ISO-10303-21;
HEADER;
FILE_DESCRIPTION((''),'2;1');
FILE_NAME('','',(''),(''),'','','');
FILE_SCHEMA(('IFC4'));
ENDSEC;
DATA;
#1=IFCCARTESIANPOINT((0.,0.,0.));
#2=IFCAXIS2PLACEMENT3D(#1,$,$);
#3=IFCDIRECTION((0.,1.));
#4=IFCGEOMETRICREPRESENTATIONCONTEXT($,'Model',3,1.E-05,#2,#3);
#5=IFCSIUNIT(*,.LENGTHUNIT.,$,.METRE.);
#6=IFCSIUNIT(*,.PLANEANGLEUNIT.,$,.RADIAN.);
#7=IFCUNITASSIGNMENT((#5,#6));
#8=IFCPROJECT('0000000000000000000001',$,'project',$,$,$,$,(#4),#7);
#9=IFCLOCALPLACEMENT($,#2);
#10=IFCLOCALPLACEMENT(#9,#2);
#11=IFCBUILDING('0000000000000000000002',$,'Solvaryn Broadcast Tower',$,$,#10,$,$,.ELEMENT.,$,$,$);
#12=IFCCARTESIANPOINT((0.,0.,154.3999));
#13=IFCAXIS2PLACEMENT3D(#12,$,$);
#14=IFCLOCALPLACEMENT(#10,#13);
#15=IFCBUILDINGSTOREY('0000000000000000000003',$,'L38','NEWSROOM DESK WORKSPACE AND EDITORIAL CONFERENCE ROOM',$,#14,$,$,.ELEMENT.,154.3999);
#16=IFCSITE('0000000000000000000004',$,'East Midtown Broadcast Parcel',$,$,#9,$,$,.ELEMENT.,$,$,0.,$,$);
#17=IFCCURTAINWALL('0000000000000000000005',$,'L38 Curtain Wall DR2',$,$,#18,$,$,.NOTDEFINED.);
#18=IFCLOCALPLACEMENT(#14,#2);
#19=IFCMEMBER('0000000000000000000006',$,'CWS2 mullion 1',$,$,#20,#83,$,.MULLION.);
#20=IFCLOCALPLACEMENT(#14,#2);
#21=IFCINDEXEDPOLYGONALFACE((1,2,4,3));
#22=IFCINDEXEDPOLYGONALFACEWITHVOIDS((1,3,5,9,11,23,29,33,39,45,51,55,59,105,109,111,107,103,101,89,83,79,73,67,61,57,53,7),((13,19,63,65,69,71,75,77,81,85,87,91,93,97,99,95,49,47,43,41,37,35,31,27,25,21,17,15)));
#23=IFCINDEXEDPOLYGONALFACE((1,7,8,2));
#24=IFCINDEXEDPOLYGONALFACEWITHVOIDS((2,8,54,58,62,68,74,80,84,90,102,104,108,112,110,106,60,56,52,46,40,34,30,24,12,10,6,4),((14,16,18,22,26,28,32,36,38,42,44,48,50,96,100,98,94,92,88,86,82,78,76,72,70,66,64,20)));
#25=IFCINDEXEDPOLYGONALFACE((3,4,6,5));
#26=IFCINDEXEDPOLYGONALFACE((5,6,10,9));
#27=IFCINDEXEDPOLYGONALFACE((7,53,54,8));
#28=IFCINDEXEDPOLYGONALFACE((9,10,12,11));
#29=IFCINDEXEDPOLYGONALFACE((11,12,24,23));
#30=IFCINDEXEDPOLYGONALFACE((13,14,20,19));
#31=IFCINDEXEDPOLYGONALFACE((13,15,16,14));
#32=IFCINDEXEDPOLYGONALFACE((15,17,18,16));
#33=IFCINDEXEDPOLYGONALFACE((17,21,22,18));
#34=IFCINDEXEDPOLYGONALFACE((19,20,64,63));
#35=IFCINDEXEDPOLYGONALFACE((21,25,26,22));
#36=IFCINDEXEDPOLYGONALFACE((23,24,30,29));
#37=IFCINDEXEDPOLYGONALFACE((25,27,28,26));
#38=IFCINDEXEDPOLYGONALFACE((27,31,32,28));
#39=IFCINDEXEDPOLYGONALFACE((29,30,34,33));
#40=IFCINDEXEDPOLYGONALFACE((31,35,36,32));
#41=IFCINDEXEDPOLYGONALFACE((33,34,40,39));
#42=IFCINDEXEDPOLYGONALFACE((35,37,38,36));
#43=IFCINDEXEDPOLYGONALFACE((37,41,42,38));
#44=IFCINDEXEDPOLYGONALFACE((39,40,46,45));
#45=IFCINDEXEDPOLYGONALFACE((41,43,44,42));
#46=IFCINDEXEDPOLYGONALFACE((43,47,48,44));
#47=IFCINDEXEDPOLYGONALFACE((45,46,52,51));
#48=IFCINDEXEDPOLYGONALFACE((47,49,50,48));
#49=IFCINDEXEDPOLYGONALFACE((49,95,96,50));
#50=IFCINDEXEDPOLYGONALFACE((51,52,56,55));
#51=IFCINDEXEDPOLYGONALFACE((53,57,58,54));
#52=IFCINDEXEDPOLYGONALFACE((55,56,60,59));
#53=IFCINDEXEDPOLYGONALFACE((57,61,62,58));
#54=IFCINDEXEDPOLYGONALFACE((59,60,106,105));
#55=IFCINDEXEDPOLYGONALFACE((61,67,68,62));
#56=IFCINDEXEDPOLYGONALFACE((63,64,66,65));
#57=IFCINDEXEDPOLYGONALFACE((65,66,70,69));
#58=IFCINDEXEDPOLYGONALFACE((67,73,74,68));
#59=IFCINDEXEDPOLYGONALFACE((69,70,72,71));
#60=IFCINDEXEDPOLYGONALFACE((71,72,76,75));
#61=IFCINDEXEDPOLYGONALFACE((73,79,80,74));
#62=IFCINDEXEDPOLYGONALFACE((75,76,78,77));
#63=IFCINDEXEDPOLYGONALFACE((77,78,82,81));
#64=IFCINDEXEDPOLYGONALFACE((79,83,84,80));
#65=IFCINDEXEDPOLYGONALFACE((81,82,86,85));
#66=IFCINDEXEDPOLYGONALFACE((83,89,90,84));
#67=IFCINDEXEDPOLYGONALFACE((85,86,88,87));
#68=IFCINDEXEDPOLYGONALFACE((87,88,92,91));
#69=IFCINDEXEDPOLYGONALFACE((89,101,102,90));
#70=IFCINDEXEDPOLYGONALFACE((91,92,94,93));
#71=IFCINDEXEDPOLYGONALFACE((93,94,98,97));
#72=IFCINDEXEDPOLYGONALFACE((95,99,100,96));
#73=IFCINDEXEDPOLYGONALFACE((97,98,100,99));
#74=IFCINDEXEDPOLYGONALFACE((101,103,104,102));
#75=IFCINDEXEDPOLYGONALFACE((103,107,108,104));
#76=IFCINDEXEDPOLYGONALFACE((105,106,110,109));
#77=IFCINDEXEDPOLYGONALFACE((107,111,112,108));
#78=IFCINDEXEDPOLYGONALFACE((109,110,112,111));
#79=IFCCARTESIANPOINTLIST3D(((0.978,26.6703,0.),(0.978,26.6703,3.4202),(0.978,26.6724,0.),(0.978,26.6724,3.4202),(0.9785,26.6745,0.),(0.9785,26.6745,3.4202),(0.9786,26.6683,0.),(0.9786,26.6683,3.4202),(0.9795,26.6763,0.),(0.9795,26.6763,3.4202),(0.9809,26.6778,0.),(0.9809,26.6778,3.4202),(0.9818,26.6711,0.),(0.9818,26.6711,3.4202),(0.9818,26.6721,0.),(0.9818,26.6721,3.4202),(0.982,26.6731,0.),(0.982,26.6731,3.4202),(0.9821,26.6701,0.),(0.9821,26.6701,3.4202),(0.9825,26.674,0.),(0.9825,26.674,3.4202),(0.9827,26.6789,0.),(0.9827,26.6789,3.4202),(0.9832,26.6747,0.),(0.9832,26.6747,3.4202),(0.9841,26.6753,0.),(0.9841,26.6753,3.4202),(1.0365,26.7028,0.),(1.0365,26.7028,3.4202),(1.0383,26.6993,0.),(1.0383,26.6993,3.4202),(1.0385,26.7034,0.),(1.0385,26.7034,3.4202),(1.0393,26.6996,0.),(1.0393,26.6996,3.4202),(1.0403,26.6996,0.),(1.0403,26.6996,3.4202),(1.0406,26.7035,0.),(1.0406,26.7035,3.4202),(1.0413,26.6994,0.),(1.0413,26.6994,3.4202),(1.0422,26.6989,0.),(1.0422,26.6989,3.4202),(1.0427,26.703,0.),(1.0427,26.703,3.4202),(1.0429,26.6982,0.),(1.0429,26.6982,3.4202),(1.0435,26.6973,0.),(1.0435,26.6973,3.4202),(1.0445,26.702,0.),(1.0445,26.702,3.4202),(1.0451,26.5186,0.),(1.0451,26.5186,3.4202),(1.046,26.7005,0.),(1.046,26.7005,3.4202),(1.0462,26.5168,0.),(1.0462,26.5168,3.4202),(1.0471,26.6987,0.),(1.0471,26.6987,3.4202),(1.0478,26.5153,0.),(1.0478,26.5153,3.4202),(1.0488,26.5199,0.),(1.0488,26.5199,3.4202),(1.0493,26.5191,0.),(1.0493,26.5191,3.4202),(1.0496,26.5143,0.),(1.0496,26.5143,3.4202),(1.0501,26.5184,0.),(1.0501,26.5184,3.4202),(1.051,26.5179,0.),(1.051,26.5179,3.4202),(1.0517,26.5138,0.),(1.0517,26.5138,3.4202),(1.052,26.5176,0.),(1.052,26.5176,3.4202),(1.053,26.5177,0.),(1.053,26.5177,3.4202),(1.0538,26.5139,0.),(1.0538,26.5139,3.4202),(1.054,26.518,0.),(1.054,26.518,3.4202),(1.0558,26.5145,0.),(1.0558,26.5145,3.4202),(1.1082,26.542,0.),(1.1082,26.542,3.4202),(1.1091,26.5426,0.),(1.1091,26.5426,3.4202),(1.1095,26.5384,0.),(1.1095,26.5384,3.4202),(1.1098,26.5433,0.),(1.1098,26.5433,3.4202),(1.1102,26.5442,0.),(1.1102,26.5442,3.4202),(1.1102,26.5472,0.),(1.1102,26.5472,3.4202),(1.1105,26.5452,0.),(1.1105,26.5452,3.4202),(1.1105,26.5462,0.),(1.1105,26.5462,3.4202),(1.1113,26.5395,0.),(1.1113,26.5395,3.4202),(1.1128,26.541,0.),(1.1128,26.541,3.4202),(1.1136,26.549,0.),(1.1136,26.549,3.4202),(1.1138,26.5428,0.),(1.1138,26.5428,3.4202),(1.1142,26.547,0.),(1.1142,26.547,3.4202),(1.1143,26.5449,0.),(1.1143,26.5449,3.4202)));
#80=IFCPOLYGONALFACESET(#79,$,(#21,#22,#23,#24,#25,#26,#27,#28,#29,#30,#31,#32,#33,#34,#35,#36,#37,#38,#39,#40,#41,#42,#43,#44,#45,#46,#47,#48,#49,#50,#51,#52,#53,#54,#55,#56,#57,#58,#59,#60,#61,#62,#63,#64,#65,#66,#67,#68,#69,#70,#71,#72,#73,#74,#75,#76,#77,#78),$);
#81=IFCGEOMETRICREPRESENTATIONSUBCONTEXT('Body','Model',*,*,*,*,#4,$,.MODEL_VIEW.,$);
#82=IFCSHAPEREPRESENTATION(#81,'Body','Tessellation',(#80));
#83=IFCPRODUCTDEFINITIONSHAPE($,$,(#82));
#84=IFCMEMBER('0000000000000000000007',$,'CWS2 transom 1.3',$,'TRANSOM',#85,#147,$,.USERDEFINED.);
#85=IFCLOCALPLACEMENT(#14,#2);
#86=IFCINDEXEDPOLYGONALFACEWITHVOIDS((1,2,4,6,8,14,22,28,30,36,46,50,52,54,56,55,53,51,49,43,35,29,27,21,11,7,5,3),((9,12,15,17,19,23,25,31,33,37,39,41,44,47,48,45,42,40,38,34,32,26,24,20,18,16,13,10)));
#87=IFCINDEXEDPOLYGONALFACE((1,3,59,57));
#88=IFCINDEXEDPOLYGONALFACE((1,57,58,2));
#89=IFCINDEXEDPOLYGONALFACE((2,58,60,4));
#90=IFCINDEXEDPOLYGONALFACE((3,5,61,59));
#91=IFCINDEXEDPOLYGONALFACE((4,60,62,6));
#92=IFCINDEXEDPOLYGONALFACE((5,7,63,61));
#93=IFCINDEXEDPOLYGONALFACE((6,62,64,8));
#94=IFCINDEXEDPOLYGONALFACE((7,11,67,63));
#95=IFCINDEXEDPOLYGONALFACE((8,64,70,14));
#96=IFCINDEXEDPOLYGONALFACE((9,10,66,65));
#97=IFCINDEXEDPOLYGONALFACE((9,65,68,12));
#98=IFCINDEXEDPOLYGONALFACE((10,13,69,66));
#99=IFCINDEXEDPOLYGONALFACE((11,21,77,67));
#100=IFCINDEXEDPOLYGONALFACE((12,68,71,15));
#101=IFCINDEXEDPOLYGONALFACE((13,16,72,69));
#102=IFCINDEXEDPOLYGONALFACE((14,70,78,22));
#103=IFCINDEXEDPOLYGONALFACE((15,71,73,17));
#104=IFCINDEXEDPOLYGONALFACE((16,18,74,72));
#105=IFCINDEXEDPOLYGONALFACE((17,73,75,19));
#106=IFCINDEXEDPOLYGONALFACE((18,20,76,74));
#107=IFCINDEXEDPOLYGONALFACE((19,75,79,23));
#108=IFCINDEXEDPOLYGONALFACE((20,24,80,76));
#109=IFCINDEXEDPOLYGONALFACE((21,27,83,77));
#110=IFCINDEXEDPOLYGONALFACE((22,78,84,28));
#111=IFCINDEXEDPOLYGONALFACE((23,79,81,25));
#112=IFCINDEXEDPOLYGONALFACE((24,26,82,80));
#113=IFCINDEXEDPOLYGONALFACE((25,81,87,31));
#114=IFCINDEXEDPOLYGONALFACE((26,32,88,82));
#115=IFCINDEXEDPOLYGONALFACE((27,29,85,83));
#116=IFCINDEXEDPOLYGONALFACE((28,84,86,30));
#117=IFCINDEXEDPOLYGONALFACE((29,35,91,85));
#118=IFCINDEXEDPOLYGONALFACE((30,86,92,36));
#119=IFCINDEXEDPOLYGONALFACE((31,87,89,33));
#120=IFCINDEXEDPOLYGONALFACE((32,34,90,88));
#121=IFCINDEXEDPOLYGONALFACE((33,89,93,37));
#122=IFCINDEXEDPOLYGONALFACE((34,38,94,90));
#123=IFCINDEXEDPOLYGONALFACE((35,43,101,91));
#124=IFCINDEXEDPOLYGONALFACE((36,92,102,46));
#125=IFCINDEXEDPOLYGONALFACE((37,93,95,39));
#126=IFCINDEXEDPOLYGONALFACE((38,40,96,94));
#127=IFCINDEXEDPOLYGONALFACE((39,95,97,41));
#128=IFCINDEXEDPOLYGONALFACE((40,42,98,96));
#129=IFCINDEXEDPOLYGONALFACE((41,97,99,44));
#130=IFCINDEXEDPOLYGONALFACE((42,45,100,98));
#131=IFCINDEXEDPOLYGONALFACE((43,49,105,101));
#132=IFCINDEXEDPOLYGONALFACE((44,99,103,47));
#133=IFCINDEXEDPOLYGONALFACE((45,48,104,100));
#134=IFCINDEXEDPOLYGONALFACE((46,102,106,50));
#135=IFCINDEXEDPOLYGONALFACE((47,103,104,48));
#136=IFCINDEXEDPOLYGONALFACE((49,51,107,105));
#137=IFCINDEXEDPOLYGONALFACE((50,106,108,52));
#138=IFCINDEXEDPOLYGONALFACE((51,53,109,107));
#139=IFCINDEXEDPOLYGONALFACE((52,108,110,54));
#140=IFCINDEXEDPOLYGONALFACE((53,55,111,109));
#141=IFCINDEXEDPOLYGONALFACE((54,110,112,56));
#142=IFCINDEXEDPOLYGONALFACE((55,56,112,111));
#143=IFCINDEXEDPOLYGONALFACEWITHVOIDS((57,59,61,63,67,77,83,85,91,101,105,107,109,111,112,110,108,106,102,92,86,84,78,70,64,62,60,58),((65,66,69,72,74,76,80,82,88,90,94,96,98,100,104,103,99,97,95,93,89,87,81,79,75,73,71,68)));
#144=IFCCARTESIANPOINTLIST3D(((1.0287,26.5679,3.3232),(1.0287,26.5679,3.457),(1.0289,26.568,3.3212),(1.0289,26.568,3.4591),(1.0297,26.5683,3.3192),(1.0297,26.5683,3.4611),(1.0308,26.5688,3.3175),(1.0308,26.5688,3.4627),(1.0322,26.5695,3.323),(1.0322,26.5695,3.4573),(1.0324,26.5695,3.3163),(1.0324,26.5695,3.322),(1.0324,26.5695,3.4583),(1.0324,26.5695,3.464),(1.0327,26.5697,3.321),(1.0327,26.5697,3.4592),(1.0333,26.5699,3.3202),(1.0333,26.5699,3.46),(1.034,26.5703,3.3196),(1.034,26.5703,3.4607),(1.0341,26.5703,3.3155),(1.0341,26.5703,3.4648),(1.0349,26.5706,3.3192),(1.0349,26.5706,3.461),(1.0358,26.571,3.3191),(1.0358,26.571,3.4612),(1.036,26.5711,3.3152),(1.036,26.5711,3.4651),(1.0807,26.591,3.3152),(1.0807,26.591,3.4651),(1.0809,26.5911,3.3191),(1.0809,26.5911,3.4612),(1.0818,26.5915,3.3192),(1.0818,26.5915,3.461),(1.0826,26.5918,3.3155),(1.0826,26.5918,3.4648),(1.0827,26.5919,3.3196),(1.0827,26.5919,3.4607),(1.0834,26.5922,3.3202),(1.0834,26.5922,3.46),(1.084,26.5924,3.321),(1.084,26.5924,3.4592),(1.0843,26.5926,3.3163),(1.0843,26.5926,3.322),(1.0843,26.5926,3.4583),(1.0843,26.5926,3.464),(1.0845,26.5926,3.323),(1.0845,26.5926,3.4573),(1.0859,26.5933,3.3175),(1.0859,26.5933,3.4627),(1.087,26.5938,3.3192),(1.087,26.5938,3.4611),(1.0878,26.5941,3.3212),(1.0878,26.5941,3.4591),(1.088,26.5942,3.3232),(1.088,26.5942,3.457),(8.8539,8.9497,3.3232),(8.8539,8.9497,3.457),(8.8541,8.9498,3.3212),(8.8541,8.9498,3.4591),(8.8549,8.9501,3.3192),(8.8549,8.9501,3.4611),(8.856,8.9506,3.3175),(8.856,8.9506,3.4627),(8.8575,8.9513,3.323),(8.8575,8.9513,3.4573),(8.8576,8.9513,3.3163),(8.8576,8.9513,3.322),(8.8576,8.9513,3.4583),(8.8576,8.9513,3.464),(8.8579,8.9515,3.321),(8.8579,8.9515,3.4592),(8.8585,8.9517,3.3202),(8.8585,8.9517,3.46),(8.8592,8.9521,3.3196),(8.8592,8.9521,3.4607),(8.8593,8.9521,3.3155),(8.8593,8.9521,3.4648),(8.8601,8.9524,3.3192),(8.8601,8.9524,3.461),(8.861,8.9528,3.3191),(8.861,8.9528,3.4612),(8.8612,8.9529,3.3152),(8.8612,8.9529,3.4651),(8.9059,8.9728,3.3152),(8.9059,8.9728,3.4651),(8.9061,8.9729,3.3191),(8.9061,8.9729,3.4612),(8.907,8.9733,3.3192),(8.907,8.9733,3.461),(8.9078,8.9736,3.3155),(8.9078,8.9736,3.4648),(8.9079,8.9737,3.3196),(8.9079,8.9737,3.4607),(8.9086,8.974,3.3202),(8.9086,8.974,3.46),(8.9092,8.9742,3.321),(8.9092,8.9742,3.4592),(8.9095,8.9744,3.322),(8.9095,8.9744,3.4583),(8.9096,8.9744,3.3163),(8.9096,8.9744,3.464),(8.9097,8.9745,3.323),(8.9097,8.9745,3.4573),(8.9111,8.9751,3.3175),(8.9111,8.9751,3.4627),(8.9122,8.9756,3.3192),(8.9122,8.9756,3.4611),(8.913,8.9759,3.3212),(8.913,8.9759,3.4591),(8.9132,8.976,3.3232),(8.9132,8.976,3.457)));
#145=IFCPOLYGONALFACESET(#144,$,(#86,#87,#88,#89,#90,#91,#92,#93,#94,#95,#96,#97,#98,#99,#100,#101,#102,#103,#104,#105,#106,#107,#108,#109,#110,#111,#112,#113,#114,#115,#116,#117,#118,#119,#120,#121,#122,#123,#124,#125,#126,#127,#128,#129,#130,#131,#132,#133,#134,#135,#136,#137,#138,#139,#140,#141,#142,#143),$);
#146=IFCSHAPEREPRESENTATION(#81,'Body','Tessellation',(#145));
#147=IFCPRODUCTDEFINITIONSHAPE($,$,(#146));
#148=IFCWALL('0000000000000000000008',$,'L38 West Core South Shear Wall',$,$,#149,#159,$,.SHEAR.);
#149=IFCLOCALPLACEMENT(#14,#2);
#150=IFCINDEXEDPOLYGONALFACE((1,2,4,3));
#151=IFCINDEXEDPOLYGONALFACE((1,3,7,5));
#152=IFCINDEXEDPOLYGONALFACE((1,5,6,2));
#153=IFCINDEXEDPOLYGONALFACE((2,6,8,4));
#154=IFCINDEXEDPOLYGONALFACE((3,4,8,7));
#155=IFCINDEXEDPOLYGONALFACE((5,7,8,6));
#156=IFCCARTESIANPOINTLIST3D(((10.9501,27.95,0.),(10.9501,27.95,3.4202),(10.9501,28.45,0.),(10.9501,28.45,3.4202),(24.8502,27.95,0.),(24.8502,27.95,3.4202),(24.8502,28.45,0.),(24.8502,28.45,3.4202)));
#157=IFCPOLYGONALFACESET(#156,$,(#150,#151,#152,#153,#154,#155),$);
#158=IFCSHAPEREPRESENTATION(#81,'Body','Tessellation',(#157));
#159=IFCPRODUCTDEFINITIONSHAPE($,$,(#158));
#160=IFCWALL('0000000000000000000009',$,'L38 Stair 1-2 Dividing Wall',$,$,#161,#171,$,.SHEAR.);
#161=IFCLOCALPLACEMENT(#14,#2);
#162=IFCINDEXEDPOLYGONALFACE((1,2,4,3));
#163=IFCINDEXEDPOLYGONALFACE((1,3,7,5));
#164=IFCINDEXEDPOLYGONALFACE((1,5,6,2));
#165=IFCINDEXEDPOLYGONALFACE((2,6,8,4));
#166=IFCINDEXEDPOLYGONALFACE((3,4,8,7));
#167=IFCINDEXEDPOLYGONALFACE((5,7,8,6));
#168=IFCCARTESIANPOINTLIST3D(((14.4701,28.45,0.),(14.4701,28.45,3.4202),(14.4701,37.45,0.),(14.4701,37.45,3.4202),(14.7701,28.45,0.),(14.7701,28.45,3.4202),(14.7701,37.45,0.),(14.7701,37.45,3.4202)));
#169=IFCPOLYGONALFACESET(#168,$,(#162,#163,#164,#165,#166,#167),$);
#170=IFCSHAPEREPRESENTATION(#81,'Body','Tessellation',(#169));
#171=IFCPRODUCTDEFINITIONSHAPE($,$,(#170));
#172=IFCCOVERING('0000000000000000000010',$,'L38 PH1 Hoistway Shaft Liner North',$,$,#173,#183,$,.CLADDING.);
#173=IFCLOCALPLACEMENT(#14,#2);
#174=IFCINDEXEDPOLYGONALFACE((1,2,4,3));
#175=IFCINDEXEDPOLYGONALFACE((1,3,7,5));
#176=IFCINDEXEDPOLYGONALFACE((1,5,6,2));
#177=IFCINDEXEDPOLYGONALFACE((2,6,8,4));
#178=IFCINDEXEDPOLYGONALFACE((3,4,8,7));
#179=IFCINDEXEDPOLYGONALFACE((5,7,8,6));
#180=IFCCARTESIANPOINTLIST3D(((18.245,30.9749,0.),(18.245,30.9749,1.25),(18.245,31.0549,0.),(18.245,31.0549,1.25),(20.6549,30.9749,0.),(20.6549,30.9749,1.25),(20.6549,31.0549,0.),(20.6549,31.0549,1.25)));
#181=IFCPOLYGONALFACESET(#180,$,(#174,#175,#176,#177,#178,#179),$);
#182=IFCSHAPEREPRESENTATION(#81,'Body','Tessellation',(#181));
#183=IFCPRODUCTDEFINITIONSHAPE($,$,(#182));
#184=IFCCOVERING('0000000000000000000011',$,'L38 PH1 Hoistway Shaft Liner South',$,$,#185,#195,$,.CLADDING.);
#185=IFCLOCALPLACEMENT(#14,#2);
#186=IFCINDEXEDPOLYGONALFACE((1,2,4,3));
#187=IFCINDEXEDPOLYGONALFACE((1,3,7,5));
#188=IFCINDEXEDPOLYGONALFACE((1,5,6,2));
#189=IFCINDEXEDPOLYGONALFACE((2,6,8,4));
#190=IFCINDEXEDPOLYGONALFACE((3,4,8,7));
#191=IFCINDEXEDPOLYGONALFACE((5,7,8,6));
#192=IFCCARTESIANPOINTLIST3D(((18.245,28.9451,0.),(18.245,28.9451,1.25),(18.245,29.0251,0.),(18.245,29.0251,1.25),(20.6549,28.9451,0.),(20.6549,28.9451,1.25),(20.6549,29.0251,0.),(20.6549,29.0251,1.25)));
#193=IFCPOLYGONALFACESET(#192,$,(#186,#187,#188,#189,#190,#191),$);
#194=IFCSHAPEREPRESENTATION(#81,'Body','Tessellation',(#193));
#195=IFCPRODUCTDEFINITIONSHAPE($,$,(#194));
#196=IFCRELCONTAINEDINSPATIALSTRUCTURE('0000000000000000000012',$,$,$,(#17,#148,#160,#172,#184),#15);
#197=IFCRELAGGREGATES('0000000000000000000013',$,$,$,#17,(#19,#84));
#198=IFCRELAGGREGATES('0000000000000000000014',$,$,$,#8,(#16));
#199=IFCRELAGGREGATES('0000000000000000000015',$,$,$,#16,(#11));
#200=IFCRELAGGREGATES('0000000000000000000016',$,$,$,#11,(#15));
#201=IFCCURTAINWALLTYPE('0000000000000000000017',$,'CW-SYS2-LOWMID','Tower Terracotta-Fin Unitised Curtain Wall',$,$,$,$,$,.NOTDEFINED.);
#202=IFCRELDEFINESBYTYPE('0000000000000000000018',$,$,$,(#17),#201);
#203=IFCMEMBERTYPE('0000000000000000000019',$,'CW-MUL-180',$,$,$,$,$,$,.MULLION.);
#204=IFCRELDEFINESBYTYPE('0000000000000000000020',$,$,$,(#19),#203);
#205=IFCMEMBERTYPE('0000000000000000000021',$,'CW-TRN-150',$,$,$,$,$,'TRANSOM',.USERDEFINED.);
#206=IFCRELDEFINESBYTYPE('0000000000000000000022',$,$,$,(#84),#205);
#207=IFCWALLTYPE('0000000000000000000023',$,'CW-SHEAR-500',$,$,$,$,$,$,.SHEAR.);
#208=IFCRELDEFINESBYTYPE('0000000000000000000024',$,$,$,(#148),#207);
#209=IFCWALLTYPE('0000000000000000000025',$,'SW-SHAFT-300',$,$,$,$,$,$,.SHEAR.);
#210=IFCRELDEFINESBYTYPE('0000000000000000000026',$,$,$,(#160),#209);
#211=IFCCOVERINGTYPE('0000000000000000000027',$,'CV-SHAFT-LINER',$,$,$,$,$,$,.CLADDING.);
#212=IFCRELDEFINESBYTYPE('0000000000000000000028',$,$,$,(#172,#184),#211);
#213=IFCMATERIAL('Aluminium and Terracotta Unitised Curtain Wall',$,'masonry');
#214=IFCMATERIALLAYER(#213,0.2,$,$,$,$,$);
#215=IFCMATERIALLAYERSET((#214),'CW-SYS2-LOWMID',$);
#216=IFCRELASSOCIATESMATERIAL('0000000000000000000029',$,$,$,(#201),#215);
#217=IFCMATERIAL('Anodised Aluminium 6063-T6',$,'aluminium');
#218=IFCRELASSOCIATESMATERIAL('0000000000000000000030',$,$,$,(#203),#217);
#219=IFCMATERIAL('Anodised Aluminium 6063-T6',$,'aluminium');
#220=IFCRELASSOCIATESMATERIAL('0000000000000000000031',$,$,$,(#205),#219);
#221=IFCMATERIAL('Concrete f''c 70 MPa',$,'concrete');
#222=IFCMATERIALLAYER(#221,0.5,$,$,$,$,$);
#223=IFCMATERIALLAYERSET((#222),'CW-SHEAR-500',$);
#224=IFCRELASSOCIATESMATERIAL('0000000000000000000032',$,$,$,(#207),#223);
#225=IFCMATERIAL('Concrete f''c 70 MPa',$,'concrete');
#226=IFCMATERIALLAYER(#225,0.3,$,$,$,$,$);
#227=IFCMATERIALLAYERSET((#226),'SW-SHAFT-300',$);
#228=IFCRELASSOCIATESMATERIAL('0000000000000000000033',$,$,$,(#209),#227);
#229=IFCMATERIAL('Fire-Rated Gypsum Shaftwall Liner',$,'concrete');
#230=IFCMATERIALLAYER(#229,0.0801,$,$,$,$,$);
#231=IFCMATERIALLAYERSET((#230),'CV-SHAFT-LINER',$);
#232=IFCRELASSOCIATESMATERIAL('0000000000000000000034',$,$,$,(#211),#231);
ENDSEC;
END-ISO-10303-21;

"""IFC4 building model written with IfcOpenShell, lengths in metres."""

from ifc_helpers import new_model, si_unit, direction, frame, frame_2d, origin, origin_2d, place, context, subcontext, project, spatial, rectangle, hollow_rectangle, extrude, material, layer, layer_set, material_profile, profile_set, type_object, element, aggregate, save


model = new_model("IFC4")

# Units and contexts
model_context = context("Model", 3, precision=1e-05, world=origin(), true_north=direction((0.0, 1.0)))
body_context = subcontext(model_context, "Body", "Model", "MODEL_VIEW")
ifc_project = project(units=[si_unit("LENGTHUNIT", "METRE"), si_unit("PLANEANGLEUNIT", "RADIAN")], contexts=[model_context])

# Site, building, storey
site_placement = place(None, origin())
site = spatial("IfcSite", under=ifc_project, at=site_placement, Name="East Midtown Broadcast Parcel", CompositionType="ELEMENT", RefElevation=0.0)
building_placement = place(site_placement, origin())
building = spatial("IfcBuilding", under=site, at=building_placement, Name="Solvaryn Broadcast Tower", CompositionType="ELEMENT")
storey_placement = place(building_placement, frame((0.0, 0.0, 154.3999)))
storey = spatial("IfcBuildingStorey", under=building, at=storey_placement, Name="L38", Description="NEWSROOM DESK WORKSPACE AND EDITORIAL CONFERENCE ROOM", CompositionType="ELEMENT", Elevation=154.3999)

# Shared definitions
ifc_material_1 = material(Name="Aluminium and Terracotta Unitised Curtain Wall", Category="masonry")
ifc_layer_1 = layer(ifc_material_1, 0.2)
ifc_layer_set_1 = layer_set([ifc_layer_1], Name="CW-SYS2-LOWMID")
curtain_wall_type = type_object("IfcCurtainWallType", Name="CW-SYS2-LOWMID", Description="Tower Terracotta-Fin Unitised Curtain Wall", PredefinedType="NOTDEFINED", material=ifc_layer_set_1)
ifc_material_2 = material(Name="Anodised Aluminium 6063-T6", Category="aluminium")
ifc_material_profile_1 = material_profile(ifc_material_2, hollow_rectangle(XDim=0.075, YDim=0.1799, WallThickness=0.0039, InnerFilletRadius=0.0039, OuterFilletRadius=0.0081, at=origin_2d()))
ifc_profile_set_1 = profile_set([ifc_material_profile_1], Name="Anodised Aluminium 6063-T6")
member_type_1 = type_object("IfcMemberType", Name="CW-MUL-180", PredefinedType="MULLION", material=ifc_profile_set_1)

# Curtain wall, members
curtain_wall_1_placement = place(storey_placement, origin())
curtain_wall_1 = element("IfcCurtainWall", 1, at=curtain_wall_1_placement, inside=storey, type_object=curtain_wall_type, Name="L38 Curtain Wall DR2", PredefinedType="NOTDEFINED")
member_1_placement = place(storey_placement, frame((1.0461, 26.6086, 0.0), z_axis=(0.0, 0.0, 1.0), x_axis=(0.913909, 0.405918, 0.0)))
member_1 = element("IfcMember", 2, at=member_1_placement, type_object=member_type_1, Name="CWS2 mullion 1", PredefinedType="MULLION", context=body_context, shape_type="SweptSolid", body=[
    extrude(hollow_rectangle(XDim=0.075, YDim=0.1799, WallThickness=0.0039, InnerFilletRadius=0.0039, OuterFilletRadius=0.0081, at=origin_2d()), origin(), (0.0, 0.0, 1.0), 3.4202),
])
ifc_material_3 = material(Name="Anodised Aluminium 6063-T6", Category="aluminium")
ifc_material_profile_2 = material_profile(ifc_material_3, hollow_rectangle(XDim=0.0649, YDim=0.1499, WallThickness=0.0039, InnerFilletRadius=0.0039, OuterFilletRadius=0.0081, at=origin_2d()))
ifc_profile_set_2 = profile_set([ifc_material_profile_2], Name="Anodised Aluminium 6063-T6")
member_type_2 = type_object("IfcMemberType", Name="CW-TRN-150", ElementType="TRANSOM", PredefinedType="USERDEFINED", material=ifc_profile_set_2)
member_2_placement = place(storey_placement, frame((1.0583, 26.5811, 3.3901), z_axis=(0.405918, -0.91391, 0.0), x_axis=(0.91391, 0.405918, 0.0)))
member_2 = element("IfcMember", 3, at=member_2_placement, type_object=member_type_2, Name="CWS2 transom 1.3", ObjectType="TRANSOM", PredefinedType="USERDEFINED", context=body_context, shape_type="SweptSolid", body=[
    extrude(hollow_rectangle(XDim=0.0649, YDim=0.1499, WallThickness=0.0039, InnerFilletRadius=0.0039, OuterFilletRadius=0.0081, at=origin_2d()), origin(), (0.0, 0.0, 1.0), 19.2778),
])
aggregate(curtain_wall_1, [member_1, member_2])

# Wall
ifc_material_4 = material(Name="Concrete f'c 70 MPa", Category="concrete")
ifc_layer_2 = layer(ifc_material_4, 0.5)
ifc_layer_set_2 = layer_set([ifc_layer_2], Name="CW-SHEAR-500")
wall_type_1 = type_object("IfcWallType", Name="CW-SHEAR-500", PredefinedType="SHEAR", material=ifc_layer_set_2)
wall_1_placement = place(storey_placement, frame((10.95, 28.2, 0.0), z_axis=(0.0, 0.0, 1.0), x_axis=(1.0, 0.0, 0.0)))
element("IfcWall", 4, at=wall_1_placement, inside=storey, type_object=wall_type_1, Name="L38 West Core South Shear Wall", PredefinedType="SHEAR", context=body_context, shape_type="SweptSolid", body=[
    extrude(rectangle(XDim=13.9001, YDim=0.5, at=frame_2d((6.9502, 0.0))), origin(), (0.0, 0.0, 1.0), 3.4202),
])

# Wall
ifc_material_5 = material(Name="Concrete f'c 70 MPa", Category="concrete")
ifc_layer_3 = layer(ifc_material_5, 0.3)
ifc_layer_set_3 = layer_set([ifc_layer_3], Name="SW-SHAFT-300")
wall_type_2 = type_object("IfcWallType", Name="SW-SHAFT-300", PredefinedType="SHEAR", material=ifc_layer_set_3)
wall_2_placement = place(storey_placement, frame((14.6201, 28.45, 0.0), z_axis=(0.0, 0.0, 1.0), x_axis=(0.0, 1.0, 0.0)))
element("IfcWall", 5, at=wall_2_placement, inside=storey, type_object=wall_type_2, Name="L38 Stair 1-2 Dividing Wall", PredefinedType="SHEAR", context=body_context, shape_type="SweptSolid", body=[
    extrude(rectangle(XDim=9.0, YDim=0.3, at=frame_2d((4.5, 0.0))), origin(), (0.0, 0.0, 1.0), 3.4202),
])

# Coverings
ifc_material_6 = material(Name="Fire-Rated Gypsum Shaftwall Liner", Category="concrete")
ifc_layer_4 = layer(ifc_material_6, 0.0801)
ifc_layer_set_4 = layer_set([ifc_layer_4], Name="CV-SHAFT-LINER")
covering_type_1 = type_object("IfcCoveringType", Name="CV-SHAFT-LINER", PredefinedType="CLADDING", material=ifc_layer_set_4)
for number, where, z_axis, x_axis, name in (
    (6, (19.45, 31.0149, 0.0), (0.0, 0.0, 1.0), (1.0, 0.0, 0.0), "L38 PH1 Hoistway Shaft Liner North"),
    (7, (19.45, 28.9851, 0.0), (0.0, 0.0, 1.0), (1.0, 0.0, 0.0), "L38 PH1 Hoistway Shaft Liner South"),
):
    element("IfcCovering", number, at=place(storey_placement, frame(where, z_axis=z_axis, x_axis=x_axis)), inside=storey, type_object=covering_type_1, Name=name, PredefinedType="CLADDING", context=body_context, shape_type="SweptSolid", body=[
        extrude(rectangle(XDim=2.4099, YDim=0.0801, at=origin_2d()), origin(), (0.0, 0.0, 1.0), 1.25),
    ])

save(model, "model.ifc")
